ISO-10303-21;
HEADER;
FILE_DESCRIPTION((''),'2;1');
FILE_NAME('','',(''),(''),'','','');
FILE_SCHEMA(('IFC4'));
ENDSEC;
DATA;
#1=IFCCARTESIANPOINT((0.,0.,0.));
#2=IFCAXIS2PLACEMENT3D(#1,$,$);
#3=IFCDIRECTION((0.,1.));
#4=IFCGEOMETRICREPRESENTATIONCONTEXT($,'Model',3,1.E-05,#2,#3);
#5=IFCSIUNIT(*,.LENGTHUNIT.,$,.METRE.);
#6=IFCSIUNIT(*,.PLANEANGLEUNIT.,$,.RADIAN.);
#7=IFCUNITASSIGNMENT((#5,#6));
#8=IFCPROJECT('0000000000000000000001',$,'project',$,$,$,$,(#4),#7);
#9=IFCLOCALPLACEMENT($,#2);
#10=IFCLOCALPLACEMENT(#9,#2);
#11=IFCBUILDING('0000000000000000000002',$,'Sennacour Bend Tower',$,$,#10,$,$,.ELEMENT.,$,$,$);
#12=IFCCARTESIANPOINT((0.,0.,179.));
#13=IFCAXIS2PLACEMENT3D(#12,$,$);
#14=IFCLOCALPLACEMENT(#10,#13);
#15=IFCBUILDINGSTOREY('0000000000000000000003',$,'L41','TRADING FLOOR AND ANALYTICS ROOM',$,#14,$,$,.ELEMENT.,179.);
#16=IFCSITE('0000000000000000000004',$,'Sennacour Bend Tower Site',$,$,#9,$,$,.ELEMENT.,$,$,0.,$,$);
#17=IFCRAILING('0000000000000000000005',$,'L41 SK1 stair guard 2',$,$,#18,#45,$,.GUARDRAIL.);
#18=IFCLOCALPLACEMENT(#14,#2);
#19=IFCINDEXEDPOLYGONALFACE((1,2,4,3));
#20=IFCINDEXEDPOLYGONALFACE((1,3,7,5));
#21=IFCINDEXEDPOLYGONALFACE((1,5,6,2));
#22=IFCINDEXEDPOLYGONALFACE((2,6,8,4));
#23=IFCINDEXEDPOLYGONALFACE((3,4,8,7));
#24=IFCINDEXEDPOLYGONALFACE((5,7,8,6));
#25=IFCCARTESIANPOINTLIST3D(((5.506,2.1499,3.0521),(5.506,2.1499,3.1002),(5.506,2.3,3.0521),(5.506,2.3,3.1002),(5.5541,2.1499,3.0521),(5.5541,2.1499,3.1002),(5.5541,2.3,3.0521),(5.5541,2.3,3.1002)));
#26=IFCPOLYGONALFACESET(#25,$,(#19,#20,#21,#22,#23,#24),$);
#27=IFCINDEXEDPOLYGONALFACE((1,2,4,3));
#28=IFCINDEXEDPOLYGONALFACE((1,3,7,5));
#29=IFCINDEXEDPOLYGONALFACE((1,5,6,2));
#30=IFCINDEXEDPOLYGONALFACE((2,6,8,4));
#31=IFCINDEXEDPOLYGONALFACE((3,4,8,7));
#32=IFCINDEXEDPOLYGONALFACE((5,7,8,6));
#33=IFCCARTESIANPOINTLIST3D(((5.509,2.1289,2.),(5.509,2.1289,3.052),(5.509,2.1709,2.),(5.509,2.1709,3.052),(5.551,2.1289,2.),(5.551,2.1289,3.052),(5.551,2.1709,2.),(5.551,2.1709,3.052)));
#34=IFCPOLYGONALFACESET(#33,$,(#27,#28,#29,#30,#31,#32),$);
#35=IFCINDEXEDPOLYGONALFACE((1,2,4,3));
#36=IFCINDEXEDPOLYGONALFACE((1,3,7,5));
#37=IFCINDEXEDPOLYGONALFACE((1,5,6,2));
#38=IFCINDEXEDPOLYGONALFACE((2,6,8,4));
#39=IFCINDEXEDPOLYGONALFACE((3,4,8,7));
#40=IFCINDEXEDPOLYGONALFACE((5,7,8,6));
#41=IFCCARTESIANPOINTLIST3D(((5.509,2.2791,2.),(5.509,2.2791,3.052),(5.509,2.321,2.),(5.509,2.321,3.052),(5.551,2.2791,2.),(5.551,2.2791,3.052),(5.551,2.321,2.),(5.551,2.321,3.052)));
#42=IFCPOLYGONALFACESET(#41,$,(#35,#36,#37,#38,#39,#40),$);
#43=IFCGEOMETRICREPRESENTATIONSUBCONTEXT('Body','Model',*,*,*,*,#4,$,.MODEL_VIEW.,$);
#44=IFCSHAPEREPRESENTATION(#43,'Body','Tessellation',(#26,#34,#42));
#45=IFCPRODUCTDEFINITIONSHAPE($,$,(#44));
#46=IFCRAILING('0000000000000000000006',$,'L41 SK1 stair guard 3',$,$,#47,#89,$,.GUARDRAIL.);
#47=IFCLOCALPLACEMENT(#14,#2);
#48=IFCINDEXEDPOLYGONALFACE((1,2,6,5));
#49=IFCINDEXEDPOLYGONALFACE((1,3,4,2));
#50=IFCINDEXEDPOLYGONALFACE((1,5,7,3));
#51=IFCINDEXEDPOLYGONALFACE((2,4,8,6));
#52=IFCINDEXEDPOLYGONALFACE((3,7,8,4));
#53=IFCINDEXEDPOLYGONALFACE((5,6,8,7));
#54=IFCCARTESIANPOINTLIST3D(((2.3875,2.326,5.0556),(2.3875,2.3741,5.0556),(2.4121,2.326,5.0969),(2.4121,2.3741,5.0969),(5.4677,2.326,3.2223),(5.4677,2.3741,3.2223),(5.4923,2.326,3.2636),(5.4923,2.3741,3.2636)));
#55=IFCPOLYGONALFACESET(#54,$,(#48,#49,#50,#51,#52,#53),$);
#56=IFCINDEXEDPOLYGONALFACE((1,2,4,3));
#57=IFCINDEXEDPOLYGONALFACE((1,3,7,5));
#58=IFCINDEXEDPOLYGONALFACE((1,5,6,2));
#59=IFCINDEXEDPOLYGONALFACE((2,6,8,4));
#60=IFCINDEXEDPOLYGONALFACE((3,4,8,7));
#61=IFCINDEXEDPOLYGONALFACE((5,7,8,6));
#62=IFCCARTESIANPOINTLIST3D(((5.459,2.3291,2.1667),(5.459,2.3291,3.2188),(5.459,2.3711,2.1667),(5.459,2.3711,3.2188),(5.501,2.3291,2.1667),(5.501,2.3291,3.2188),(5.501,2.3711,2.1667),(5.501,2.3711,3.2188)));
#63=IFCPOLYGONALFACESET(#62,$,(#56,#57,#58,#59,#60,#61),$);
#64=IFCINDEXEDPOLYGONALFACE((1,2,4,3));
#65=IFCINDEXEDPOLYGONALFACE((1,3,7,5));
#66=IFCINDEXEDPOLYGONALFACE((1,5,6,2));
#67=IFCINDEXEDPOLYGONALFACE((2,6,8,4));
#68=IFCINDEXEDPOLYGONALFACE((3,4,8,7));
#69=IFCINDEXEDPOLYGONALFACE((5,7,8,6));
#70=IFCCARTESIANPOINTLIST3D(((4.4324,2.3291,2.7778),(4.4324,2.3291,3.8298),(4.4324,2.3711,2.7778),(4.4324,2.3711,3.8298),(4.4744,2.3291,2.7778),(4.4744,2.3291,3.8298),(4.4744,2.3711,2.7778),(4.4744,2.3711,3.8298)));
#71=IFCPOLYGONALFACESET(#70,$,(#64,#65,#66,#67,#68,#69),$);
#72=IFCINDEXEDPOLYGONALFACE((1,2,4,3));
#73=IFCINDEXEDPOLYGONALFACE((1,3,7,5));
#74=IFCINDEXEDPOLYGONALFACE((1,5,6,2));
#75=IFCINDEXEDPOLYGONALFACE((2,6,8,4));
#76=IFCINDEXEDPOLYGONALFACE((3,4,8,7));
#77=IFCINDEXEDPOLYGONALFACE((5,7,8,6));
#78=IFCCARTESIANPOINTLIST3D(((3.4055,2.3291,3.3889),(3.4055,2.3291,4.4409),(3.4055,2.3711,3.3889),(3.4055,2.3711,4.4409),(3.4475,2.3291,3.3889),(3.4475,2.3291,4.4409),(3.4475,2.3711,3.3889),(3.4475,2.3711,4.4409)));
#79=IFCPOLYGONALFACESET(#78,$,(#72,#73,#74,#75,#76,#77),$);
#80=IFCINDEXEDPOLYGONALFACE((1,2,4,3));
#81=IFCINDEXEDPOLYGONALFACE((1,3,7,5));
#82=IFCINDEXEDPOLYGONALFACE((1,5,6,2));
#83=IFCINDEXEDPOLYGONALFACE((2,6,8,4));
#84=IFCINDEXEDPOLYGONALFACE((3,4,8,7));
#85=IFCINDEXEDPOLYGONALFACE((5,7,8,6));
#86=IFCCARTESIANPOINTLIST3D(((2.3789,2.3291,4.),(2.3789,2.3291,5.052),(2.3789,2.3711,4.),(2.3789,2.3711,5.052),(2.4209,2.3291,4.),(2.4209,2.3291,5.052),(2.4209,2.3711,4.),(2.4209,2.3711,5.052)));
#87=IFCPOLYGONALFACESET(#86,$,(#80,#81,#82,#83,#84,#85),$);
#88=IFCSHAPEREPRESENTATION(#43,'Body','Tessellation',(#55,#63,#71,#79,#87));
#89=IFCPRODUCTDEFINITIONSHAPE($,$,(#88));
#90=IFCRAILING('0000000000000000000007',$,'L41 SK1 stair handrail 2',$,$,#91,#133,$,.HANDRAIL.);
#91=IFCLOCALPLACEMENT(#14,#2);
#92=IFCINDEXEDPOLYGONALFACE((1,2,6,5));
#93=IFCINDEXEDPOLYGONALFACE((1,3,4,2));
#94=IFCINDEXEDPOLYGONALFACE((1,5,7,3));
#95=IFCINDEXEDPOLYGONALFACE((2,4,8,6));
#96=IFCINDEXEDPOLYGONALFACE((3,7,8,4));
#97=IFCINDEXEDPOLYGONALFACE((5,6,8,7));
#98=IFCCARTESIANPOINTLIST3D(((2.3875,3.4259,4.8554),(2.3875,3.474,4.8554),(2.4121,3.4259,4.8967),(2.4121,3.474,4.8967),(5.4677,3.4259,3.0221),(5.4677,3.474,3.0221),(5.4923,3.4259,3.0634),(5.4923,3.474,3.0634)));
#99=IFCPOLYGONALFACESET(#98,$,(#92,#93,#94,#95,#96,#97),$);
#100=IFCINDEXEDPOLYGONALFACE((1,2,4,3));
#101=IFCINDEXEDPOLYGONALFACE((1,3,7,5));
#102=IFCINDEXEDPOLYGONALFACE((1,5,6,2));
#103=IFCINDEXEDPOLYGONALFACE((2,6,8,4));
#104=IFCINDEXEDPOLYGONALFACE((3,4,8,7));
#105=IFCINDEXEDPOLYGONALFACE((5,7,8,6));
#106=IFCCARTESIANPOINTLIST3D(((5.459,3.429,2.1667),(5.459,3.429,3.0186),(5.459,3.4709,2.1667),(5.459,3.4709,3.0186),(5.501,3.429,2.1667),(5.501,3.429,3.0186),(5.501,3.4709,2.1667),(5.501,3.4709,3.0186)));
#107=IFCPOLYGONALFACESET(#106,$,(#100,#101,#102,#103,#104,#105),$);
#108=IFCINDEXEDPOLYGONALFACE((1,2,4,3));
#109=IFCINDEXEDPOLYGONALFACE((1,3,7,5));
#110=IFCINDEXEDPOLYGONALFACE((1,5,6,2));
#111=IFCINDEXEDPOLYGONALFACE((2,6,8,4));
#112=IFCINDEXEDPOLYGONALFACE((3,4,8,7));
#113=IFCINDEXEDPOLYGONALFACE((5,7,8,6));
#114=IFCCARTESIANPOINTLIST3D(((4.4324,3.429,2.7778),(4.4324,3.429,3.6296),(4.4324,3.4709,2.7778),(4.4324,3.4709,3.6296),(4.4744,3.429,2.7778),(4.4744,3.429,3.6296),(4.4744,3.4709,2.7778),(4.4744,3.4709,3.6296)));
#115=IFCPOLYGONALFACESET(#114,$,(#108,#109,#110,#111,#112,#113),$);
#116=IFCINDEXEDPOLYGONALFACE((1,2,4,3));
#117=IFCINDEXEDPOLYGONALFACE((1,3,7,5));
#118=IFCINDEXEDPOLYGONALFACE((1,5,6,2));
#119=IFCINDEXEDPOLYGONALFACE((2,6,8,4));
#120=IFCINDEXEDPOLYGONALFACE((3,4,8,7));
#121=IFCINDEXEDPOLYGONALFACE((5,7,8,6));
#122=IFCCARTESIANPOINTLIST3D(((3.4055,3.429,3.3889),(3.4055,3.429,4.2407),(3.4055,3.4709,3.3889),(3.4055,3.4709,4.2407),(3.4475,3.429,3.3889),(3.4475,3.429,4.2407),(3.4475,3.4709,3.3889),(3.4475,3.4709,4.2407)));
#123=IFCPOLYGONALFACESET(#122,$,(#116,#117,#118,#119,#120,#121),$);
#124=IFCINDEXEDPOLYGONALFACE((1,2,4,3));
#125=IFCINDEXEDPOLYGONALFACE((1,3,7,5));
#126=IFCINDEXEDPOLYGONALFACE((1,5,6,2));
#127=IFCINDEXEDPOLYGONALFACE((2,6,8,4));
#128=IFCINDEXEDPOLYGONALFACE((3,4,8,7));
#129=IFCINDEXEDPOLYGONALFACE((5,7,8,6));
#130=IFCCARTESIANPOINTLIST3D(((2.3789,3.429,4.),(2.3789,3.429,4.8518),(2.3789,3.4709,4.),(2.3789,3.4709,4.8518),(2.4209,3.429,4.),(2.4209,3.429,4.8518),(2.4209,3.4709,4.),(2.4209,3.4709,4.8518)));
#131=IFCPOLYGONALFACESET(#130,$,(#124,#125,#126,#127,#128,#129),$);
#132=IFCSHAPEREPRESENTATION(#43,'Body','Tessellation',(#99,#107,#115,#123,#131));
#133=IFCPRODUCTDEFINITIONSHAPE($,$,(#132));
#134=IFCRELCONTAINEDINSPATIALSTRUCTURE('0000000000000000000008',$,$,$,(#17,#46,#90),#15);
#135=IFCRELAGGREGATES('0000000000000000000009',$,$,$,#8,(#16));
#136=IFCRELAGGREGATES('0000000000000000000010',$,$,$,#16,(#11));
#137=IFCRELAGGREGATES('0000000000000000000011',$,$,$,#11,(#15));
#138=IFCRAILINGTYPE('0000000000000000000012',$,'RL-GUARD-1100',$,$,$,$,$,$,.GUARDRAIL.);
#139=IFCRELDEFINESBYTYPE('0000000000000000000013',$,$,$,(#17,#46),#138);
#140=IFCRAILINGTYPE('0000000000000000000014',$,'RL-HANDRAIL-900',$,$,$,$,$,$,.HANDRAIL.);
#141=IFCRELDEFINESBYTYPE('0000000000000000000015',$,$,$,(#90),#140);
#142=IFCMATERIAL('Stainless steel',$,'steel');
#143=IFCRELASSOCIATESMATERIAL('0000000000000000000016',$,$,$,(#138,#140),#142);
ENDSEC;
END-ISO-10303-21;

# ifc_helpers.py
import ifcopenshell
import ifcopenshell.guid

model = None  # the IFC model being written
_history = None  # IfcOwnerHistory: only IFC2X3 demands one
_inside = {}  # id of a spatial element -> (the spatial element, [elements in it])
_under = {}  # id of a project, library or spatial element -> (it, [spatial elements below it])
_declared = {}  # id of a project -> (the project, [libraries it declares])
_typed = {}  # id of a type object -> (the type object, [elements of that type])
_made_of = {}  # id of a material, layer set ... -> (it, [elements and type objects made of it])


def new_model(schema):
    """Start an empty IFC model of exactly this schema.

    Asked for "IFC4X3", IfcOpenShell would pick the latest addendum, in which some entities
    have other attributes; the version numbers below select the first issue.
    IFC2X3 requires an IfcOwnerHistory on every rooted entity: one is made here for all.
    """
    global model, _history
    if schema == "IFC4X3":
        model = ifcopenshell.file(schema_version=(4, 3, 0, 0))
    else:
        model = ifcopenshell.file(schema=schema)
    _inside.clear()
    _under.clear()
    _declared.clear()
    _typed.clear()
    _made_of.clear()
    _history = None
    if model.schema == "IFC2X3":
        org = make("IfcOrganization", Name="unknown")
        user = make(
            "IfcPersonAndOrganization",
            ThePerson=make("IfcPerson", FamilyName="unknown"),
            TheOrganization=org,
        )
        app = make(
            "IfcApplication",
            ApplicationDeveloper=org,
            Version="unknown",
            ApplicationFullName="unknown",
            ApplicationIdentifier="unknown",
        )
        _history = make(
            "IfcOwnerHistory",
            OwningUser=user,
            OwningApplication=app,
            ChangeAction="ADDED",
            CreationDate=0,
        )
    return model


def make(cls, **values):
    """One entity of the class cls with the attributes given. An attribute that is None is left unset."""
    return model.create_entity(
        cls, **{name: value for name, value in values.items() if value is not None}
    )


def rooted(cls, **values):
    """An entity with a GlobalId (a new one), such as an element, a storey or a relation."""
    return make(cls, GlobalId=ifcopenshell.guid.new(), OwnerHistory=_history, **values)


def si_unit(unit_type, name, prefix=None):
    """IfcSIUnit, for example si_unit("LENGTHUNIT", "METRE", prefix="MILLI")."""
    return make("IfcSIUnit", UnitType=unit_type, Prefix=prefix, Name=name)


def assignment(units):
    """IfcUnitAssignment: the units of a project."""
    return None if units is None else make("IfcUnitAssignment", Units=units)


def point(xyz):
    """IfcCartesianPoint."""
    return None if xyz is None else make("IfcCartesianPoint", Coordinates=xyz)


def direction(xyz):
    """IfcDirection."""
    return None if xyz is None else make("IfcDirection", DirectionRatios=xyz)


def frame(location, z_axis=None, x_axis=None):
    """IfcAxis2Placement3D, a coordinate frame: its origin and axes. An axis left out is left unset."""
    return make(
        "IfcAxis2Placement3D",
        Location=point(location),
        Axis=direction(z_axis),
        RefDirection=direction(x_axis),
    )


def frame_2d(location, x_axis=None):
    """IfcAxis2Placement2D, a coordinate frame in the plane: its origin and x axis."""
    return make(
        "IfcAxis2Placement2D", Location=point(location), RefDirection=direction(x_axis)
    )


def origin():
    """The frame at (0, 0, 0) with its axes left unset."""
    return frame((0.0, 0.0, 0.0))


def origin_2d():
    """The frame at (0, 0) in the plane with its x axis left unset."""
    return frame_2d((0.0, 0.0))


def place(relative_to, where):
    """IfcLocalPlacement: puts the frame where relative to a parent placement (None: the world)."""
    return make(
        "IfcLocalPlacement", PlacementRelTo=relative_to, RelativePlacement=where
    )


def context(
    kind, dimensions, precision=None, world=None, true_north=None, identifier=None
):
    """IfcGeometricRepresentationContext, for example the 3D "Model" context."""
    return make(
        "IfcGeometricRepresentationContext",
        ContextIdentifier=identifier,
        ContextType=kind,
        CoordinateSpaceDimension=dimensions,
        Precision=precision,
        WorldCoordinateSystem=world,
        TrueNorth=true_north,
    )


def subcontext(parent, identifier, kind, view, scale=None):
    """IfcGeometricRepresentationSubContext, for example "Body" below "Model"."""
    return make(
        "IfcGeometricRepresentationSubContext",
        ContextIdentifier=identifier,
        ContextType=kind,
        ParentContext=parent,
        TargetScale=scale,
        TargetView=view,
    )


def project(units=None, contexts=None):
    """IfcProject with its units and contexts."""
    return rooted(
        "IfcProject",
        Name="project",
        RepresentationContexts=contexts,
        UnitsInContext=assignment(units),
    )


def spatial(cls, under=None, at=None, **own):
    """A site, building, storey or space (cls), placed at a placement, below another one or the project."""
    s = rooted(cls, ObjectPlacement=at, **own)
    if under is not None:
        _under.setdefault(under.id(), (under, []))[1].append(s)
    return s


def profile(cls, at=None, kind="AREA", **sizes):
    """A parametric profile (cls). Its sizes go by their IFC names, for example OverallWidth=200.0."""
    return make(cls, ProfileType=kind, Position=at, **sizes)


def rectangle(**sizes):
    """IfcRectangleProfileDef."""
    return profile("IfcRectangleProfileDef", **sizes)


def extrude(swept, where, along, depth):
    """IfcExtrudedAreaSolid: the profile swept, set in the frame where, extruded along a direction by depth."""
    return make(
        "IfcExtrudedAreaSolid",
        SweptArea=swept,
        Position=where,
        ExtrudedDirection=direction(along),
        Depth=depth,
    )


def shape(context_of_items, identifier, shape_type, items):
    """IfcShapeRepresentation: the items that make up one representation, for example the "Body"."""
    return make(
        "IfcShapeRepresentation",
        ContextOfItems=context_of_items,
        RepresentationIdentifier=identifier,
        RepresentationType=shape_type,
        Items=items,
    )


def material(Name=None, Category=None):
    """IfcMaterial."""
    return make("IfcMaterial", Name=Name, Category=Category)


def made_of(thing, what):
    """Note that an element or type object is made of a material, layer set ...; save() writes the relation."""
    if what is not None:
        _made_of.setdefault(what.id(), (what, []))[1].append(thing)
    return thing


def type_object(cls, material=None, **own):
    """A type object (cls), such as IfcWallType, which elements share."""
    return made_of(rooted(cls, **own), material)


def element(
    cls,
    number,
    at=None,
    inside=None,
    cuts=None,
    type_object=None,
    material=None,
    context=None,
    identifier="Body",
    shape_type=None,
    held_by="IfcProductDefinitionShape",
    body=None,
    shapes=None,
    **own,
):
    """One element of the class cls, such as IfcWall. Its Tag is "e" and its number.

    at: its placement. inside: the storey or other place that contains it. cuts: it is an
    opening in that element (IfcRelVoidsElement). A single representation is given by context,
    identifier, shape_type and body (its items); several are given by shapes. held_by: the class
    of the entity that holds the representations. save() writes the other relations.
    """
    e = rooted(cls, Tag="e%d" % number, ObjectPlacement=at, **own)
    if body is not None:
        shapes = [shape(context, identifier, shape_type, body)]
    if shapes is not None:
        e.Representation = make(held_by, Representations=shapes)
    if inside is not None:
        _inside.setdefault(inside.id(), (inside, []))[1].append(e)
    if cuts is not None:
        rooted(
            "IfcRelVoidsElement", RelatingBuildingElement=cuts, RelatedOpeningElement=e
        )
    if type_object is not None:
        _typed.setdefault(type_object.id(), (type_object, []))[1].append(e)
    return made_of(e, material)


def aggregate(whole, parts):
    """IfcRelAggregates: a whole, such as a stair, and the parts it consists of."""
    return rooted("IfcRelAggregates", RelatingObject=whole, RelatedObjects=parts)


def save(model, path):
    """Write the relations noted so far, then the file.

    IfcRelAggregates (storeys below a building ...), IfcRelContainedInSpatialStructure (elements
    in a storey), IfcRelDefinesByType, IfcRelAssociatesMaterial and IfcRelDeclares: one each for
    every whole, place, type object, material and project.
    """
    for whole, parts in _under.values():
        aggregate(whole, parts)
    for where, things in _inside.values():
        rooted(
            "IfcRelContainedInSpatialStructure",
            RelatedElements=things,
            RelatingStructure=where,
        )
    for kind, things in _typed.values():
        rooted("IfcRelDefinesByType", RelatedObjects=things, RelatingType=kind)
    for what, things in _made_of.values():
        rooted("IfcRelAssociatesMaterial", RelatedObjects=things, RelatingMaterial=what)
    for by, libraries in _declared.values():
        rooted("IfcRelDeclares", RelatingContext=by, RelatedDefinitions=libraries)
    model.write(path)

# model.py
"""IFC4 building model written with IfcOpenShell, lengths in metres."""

from ifc_helpers import new_model, si_unit, direction, frame, origin, origin_2d, place, context, subcontext, project, spatial, rectangle, extrude, material, type_object, element, save


model = new_model("IFC4")

# Units and contexts
model_context = context("Model", 3, precision=1e-05, world=origin(), true_north=direction((0.0, 1.0)))
body_context = subcontext(model_context, "Body", "Model", "MODEL_VIEW")
ifc_project = project(units=[si_unit("LENGTHUNIT", "METRE"), si_unit("PLANEANGLEUNIT", "RADIAN")], contexts=[model_context])

# Site, building, storey
site_placement = place(None, origin())
site = spatial("IfcSite", under=ifc_project, at=site_placement, Name="Sennacour Bend Tower Site", CompositionType="ELEMENT", RefElevation=0.0)
building_placement = place(site_placement, origin())
building = spatial("IfcBuilding", under=site, at=building_placement, Name="Sennacour Bend Tower", CompositionType="ELEMENT")
storey_placement = place(building_placement, frame((0.0, 0.0, 179.0)))
storey = spatial("IfcBuildingStorey", under=building, at=storey_placement, Name="L41", Description="TRADING FLOOR AND ANALYTICS ROOM", CompositionType="ELEMENT", Elevation=179.0)

# Railings
ifc_material_1 = material(Name="Stainless steel", Category="steel")
railing_type_1 = type_object("IfcRailingType", Name="RL-GUARD-1100", PredefinedType="GUARDRAIL", material=ifc_material_1)
railing_1_placement = place(storey_placement, frame((5.53, 2.1499, 2.0)))
element("IfcRailing", 1, at=railing_1_placement, inside=storey, type_object=railing_type_1, Name="L41 SK1 stair guard 2", PredefinedType="GUARDRAIL", context=body_context, shape_type="SweptSolid", body=[
    extrude(rectangle(XDim=0.0481, YDim=0.0481, at=origin_2d()), frame((0.0, 0.0, 1.0762), z_axis=(0.0, 1.0, 0.0), x_axis=(-1.0, 0.0, 0.0)), (0.0, 0.0, 1.0), 0.1501),
    extrude(rectangle(XDim=0.042, YDim=0.042, at=origin_2d()), origin(), (0.0, 0.0, 1.0), 1.052),
    extrude(rectangle(XDim=0.042, YDim=0.042, at=origin_2d()), frame((0.0, 0.1501, 0.0)), (0.0, 0.0, 1.0), 1.052),
])
railing_2_placement = place(storey_placement, frame((5.48, 2.3501, 2.1667)))
element("IfcRailing", 2, at=railing_2_placement, inside=storey, type_object=railing_type_1, Name="L41 SK1 stair guard 3", PredefinedType="GUARDRAIL", context=body_context, shape_type="SweptSolid", body=[
    extrude(rectangle(XDim=0.0481, YDim=0.0481, at=origin_2d()), frame((0.0, 0.0, 1.0762), z_axis=(-0.859309, 0.0, 0.511458), x_axis=(0.0, -1.0, 0.0)), (0.0, 0.0, 1.0), 3.5845),
    extrude(rectangle(XDim=0.042, YDim=0.042, at=origin_2d()), origin(), (0.0, 0.0, 1.0), 1.052),
    extrude(rectangle(XDim=0.042, YDim=0.042, at=origin_2d()), frame((-1.0266, 0.0, 0.6111)), (0.0, 0.0, 1.0), 1.052),
    extrude(rectangle(XDim=0.042, YDim=0.042, at=origin_2d()), frame((-2.0535, 0.0, 1.2222)), (0.0, 0.0, 1.0), 1.052),
    extrude(rectangle(XDim=0.042, YDim=0.042, at=origin_2d()), frame((-3.0801, 0.0, 1.8333)), (0.0, 0.0, 1.0), 1.052),
])
railing_type_2 = type_object("IfcRailingType", Name="RL-HANDRAIL-900", PredefinedType="HANDRAIL", material=ifc_material_1)
railing_3_placement = place(storey_placement, frame((5.48, 3.45, 2.1667)))
element("IfcRailing", 3, at=railing_3_placement, inside=storey, type_object=railing_type_2, Name="L41 SK1 stair handrail 2", PredefinedType="HANDRAIL", context=body_context, shape_type="SweptSolid", body=[
    extrude(rectangle(XDim=0.0481, YDim=0.0481, at=origin_2d()), frame((0.0, 0.0, 0.876), z_axis=(-0.859309, 0.0, 0.511458), x_axis=(0.0, -1.0, 0.0)), (0.0, 0.0, 1.0), 3.5845),
    extrude(rectangle(XDim=0.042, YDim=0.042, at=origin_2d()), origin(), (0.0, 0.0, 1.0), 0.8518),
    extrude(rectangle(XDim=0.042, YDim=0.042, at=origin_2d()), frame((-1.0266, 0.0, 0.6111)), (0.0, 0.0, 1.0), 0.8518),
    extrude(rectangle(XDim=0.042, YDim=0.042, at=origin_2d()), frame((-2.0535, 0.0, 1.2222)), (0.0, 0.0, 1.0), 0.8518),
    extrude(rectangle(XDim=0.042, YDim=0.042, at=origin_2d()), frame((-3.0801, 0.0, 1.8333)), (0.0, 0.0, 1.0), 0.8518),
])

save(model, "model.ifc")
